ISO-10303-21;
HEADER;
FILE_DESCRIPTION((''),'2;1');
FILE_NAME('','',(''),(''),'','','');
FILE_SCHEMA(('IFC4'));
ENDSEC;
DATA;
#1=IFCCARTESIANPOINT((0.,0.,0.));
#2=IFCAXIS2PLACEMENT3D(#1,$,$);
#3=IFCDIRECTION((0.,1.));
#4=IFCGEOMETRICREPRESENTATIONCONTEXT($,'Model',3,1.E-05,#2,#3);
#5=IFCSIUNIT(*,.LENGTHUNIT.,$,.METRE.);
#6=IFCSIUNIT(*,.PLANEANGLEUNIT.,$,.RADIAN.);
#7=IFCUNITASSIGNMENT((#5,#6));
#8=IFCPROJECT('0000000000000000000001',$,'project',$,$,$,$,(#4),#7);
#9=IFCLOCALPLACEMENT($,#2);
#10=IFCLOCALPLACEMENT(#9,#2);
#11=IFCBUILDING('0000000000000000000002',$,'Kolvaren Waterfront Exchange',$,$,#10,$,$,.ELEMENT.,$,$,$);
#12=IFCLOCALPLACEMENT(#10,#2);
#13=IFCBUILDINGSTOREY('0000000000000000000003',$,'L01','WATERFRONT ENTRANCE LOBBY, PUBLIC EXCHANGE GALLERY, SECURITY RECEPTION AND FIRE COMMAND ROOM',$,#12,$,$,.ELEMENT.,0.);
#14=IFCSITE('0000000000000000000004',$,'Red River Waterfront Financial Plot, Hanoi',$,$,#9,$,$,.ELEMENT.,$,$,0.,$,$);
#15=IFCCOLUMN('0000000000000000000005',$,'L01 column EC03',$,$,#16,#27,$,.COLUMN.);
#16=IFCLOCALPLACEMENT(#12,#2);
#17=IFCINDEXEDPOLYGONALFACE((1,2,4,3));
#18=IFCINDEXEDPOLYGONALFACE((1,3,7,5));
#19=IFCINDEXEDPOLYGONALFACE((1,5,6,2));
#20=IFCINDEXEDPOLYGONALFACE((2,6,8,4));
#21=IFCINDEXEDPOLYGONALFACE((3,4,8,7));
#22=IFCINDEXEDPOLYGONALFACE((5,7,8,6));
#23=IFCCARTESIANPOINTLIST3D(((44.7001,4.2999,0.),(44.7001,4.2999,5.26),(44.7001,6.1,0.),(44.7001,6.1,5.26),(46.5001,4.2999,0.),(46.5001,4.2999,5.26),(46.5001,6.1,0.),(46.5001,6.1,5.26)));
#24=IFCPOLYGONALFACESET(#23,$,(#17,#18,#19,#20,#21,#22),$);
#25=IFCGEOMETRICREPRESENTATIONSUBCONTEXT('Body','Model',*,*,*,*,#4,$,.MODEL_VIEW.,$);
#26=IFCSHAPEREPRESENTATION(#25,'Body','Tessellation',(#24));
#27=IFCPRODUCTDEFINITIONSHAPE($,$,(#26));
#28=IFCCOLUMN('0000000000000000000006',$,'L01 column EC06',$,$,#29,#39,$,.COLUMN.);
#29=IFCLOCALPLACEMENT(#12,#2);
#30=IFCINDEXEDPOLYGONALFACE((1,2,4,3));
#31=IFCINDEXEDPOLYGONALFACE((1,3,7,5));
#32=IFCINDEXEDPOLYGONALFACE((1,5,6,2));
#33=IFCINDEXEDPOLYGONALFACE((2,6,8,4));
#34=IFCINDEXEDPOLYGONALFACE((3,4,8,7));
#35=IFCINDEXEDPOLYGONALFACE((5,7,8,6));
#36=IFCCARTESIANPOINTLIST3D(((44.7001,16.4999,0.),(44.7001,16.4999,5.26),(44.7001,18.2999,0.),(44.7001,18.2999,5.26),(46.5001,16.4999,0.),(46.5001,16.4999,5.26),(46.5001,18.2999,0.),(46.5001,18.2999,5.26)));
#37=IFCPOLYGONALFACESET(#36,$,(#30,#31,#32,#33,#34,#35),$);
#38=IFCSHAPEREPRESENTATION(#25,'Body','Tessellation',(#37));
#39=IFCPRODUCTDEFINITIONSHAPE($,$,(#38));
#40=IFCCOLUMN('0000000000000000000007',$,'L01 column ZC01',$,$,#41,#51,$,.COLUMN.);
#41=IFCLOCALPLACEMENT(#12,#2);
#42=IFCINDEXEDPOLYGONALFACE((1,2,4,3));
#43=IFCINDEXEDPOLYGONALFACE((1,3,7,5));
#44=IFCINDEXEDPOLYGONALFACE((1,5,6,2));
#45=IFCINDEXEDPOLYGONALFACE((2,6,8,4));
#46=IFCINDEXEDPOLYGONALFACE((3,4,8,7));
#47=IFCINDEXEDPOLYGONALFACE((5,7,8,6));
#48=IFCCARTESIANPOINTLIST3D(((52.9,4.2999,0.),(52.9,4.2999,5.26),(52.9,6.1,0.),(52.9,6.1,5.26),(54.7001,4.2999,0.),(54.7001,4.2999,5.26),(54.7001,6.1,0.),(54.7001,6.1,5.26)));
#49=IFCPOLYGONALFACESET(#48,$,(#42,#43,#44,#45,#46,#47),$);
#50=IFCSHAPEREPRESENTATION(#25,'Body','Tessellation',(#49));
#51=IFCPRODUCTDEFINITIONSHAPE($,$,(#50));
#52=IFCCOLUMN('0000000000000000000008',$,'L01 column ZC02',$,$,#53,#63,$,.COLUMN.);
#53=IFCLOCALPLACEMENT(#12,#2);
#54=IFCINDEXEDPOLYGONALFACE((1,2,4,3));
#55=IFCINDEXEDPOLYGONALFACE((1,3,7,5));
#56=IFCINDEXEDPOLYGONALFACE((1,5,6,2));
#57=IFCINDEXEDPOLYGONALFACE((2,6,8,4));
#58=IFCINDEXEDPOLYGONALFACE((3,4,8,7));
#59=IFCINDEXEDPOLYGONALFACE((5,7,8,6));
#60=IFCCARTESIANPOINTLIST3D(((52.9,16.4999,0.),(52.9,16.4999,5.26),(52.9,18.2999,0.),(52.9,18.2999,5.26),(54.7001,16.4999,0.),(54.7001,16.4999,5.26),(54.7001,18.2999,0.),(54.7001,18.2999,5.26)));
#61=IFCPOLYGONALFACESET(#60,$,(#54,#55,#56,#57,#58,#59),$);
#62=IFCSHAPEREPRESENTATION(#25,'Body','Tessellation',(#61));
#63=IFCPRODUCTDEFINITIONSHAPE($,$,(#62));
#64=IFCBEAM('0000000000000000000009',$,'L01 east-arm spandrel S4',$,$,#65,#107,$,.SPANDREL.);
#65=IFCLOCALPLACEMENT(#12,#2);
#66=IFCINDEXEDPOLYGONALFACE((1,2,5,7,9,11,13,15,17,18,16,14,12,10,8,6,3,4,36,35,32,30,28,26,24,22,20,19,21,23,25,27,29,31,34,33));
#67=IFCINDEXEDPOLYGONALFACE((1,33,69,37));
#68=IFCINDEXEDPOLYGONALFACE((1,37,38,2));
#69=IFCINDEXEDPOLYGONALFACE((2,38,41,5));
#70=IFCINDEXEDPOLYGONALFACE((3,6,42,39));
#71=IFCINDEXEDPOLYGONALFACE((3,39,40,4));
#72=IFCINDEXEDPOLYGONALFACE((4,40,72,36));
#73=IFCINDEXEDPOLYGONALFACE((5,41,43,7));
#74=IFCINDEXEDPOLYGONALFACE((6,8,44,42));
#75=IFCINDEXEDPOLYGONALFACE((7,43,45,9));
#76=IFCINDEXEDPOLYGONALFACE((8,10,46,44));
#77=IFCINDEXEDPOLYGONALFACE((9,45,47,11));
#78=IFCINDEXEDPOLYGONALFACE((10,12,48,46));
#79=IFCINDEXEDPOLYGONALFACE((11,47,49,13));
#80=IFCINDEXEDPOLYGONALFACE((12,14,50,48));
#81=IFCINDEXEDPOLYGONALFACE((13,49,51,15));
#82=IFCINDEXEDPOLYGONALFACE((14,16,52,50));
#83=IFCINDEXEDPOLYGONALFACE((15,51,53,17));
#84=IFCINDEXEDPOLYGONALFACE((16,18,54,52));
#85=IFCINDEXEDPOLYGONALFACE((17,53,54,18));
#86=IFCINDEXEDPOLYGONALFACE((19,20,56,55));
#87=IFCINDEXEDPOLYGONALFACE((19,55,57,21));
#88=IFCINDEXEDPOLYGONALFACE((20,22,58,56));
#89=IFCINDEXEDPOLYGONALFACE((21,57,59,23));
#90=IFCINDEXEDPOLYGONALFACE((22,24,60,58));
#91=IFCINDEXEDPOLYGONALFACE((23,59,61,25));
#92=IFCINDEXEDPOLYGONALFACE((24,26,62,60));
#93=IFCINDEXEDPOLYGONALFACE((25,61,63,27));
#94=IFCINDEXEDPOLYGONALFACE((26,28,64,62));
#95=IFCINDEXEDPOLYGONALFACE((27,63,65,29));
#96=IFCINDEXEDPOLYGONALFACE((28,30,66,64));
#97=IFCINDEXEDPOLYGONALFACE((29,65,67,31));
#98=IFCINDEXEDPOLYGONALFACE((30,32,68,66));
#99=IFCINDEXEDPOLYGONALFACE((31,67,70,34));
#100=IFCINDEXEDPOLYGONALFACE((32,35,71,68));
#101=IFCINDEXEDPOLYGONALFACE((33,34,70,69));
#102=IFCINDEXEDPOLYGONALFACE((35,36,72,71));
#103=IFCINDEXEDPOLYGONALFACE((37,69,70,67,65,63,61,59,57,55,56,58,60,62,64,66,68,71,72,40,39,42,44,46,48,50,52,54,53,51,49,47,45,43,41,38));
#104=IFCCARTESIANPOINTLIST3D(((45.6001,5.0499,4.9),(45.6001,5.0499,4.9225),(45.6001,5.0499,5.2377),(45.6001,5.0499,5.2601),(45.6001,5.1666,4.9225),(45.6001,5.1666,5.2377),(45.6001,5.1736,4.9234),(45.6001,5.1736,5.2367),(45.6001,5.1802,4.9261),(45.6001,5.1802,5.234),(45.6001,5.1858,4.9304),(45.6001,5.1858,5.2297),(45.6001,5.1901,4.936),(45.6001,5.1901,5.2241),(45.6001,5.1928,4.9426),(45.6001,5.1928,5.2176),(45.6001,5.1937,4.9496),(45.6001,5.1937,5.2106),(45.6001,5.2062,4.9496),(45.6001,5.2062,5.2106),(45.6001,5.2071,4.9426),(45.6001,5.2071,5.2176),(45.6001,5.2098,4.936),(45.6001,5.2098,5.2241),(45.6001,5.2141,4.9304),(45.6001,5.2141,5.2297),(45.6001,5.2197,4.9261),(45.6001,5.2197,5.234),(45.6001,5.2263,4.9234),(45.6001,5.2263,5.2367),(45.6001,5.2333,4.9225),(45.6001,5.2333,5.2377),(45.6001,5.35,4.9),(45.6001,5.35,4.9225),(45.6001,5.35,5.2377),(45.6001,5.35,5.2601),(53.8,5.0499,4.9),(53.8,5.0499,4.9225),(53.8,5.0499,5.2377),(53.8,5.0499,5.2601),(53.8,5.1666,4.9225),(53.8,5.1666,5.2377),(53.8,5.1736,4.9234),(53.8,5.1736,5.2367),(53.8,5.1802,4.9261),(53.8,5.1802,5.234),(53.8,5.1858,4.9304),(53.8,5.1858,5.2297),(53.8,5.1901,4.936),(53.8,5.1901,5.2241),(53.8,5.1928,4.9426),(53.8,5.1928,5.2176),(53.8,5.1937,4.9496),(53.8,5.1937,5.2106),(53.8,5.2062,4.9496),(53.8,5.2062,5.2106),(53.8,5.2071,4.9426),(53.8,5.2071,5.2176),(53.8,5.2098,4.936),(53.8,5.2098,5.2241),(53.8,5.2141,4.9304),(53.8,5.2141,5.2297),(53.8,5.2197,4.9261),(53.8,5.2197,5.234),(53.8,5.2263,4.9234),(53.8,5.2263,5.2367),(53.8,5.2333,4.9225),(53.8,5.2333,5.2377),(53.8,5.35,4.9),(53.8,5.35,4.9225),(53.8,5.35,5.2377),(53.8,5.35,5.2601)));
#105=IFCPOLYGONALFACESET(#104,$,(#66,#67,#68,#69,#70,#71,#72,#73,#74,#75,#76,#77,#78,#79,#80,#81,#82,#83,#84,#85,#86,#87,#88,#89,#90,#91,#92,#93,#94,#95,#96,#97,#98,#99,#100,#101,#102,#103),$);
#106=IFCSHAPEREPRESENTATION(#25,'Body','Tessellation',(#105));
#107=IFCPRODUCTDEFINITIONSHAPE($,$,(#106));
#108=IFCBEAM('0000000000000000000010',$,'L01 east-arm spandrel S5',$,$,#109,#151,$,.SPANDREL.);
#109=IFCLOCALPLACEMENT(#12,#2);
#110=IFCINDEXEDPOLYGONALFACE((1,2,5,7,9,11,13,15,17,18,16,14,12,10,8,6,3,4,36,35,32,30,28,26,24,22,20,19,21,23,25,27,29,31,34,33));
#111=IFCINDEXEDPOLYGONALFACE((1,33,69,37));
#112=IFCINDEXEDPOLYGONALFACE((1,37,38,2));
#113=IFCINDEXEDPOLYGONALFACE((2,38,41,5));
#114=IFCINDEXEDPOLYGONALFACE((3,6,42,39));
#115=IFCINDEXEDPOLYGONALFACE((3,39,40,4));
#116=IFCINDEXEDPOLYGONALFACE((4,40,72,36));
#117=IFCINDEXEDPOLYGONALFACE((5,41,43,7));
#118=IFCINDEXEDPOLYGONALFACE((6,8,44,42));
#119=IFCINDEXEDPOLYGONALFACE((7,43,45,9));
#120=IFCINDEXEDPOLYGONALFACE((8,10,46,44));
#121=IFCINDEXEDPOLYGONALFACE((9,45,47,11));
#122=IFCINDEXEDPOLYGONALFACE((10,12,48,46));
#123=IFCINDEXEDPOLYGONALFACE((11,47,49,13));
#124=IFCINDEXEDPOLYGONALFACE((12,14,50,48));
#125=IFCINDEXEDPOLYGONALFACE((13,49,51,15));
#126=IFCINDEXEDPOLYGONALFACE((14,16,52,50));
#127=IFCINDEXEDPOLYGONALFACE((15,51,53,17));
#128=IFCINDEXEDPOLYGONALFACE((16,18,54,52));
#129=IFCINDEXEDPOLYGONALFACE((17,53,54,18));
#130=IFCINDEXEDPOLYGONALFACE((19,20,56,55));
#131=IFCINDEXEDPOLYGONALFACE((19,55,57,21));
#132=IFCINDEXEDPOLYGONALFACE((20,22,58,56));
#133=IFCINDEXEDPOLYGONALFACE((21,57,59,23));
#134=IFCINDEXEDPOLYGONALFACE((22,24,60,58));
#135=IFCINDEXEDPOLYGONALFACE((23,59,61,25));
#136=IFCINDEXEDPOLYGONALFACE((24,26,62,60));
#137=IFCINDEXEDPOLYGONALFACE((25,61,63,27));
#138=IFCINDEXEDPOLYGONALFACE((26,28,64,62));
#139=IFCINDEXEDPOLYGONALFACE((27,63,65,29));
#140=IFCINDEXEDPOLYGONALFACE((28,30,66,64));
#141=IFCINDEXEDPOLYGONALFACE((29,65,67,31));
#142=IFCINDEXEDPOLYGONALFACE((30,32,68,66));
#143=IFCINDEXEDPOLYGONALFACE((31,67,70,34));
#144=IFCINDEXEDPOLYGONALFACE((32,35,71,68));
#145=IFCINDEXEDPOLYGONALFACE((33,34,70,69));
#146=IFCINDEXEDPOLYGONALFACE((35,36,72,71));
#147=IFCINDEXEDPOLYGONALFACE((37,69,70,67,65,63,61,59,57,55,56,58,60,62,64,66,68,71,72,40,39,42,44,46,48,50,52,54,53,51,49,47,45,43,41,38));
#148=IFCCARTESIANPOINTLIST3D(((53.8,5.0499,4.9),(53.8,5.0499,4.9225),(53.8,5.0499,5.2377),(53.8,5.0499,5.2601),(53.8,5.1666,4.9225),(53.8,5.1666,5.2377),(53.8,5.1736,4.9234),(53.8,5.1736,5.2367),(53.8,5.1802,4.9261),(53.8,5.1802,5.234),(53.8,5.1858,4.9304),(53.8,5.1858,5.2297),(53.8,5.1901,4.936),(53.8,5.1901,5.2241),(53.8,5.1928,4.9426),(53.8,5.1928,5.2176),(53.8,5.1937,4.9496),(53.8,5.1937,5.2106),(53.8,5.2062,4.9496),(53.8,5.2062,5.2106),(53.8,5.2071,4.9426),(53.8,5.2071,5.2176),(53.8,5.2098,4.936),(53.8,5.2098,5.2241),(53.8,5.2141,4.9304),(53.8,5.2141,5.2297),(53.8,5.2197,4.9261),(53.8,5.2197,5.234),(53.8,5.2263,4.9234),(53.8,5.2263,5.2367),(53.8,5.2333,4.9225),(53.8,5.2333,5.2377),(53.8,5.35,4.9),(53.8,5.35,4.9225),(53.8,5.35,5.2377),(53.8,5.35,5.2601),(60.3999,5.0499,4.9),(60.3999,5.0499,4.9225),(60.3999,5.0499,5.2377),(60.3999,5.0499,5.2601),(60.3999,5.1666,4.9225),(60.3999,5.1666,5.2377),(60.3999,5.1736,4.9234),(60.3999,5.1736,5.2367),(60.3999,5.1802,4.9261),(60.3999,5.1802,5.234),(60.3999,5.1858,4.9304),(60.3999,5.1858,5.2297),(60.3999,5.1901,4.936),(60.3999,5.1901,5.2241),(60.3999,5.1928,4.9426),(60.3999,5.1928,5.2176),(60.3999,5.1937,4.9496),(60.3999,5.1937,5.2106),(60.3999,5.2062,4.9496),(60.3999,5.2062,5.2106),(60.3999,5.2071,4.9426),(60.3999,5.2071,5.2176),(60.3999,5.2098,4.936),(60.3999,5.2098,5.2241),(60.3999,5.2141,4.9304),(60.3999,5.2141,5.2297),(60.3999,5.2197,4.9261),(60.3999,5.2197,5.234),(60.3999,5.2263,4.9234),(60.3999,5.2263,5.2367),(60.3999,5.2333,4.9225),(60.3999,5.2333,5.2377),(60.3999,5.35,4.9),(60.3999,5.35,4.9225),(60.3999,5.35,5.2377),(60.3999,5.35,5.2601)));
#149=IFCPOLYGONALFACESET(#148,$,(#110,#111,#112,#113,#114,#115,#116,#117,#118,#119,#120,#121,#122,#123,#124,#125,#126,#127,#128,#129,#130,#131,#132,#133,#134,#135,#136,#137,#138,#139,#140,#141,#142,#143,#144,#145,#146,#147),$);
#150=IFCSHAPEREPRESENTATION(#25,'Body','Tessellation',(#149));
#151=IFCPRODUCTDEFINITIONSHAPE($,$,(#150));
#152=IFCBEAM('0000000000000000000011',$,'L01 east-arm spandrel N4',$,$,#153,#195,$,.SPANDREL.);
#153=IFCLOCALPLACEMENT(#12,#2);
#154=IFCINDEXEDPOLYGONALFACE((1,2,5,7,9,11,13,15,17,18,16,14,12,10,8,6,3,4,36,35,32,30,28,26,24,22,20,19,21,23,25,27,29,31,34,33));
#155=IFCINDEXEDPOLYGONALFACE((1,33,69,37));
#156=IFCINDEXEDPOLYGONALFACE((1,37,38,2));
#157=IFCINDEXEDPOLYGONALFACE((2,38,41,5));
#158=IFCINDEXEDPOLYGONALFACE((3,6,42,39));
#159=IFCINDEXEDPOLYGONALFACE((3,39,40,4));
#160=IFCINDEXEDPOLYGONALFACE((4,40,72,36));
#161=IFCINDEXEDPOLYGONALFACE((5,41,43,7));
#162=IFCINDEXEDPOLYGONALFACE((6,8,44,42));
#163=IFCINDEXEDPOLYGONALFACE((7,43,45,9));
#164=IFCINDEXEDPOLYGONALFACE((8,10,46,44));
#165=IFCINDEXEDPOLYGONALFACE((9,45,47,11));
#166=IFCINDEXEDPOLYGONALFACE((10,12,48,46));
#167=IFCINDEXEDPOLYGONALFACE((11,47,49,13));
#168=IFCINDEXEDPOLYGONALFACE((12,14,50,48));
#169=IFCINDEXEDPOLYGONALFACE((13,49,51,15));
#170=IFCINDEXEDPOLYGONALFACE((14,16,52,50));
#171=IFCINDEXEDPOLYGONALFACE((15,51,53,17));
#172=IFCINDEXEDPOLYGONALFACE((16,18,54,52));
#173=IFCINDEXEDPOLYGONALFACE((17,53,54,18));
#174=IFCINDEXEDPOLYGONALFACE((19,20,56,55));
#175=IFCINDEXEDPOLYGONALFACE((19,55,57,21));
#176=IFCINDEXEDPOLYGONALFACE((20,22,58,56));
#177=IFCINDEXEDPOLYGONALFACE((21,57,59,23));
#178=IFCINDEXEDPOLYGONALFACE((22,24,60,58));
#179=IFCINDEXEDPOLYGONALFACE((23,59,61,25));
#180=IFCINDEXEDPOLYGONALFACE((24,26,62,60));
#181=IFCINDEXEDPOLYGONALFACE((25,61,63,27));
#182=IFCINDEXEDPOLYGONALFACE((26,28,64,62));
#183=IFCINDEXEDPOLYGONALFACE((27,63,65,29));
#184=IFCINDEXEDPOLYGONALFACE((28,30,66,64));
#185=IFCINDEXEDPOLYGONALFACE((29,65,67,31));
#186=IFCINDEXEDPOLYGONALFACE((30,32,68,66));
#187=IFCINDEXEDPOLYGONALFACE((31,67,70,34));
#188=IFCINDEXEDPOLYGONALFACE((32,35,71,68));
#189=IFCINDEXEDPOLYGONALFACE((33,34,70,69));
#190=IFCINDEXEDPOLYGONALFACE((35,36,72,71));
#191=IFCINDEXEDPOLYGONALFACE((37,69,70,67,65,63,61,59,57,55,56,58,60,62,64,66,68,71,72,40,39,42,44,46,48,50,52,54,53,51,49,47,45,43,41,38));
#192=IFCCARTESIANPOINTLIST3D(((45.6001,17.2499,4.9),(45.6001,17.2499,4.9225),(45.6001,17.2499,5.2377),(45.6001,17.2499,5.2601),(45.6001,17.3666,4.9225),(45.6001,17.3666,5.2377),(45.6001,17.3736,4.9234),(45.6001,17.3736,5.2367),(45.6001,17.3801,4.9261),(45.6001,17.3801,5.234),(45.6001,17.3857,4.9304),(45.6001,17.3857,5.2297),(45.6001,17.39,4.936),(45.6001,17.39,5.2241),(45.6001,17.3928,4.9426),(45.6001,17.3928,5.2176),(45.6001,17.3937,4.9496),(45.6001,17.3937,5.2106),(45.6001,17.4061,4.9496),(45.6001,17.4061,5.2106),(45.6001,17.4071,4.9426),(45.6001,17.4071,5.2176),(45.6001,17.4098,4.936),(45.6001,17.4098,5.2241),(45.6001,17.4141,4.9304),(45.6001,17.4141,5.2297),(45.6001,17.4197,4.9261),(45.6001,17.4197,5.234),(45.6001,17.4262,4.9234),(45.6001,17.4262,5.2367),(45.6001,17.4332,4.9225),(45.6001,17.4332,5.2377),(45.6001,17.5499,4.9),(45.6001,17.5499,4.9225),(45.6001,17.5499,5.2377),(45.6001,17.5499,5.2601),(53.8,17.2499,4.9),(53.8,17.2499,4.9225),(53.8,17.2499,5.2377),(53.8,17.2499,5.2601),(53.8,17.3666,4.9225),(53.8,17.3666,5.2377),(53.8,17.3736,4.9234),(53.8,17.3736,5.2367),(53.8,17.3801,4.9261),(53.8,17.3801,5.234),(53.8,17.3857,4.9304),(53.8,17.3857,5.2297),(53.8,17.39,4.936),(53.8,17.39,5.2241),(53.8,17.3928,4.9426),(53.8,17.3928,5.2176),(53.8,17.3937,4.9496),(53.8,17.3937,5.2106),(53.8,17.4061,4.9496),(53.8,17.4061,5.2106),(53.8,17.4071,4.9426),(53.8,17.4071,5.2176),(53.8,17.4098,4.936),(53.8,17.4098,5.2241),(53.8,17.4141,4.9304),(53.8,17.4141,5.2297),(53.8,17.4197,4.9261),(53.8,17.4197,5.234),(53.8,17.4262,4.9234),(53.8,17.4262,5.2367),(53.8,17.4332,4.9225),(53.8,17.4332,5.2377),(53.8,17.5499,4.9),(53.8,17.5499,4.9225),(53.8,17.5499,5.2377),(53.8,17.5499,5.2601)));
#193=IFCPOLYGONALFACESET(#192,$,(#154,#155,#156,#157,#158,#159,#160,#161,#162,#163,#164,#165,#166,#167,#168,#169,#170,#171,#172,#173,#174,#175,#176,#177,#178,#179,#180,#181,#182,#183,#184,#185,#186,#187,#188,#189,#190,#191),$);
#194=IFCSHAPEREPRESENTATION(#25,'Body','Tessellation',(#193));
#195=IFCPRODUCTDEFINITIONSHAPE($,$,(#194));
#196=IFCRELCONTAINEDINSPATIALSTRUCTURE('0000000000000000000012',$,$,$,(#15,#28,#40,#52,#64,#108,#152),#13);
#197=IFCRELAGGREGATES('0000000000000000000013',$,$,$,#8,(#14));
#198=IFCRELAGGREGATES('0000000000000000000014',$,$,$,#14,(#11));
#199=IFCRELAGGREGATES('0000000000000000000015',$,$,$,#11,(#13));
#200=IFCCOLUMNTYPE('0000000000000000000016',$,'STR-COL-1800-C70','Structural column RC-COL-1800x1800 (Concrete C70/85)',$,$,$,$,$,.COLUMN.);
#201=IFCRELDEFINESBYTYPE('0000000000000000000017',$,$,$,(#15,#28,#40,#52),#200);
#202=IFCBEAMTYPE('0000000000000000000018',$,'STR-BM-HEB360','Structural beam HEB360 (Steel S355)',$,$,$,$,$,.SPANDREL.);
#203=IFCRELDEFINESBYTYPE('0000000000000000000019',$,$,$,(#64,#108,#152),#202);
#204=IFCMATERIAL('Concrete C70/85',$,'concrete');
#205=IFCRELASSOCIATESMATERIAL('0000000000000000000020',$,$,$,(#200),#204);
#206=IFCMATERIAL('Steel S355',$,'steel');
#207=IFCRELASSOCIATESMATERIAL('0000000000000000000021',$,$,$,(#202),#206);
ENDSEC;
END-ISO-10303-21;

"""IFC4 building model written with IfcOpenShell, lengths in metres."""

from ifc_helpers import new_model, si_unit, direction, frame, origin, origin_2d, place, context, subcontext, project, spatial, rectangle, i_section, extrude, material, material_profile, profile_set, type_object, element, save


model = new_model("IFC4")

# Units and contexts
model_context = context("Model", 3, precision=1e-05, world=origin(), true_north=direction((0.0, 1.0)))
body_context = subcontext(model_context, "Body", "Model", "MODEL_VIEW")
ifc_project = project(units=[si_unit("LENGTHUNIT", "METRE"), si_unit("PLANEANGLEUNIT", "RADIAN")], contexts=[model_context])

# Site, building, storey
site_placement = place(None, origin())
site = spatial("IfcSite", under=ifc_project, at=site_placement, Name="Red River Waterfront Financial Plot, Hanoi", CompositionType="ELEMENT", RefElevation=0.0)
building_placement = place(site_placement, origin())
building = spatial("IfcBuilding", under=site, at=building_placement, Name="Kolvaren Waterfront Exchange", CompositionType="ELEMENT")
storey_placement = place(building_placement, origin())
storey = spatial("IfcBuildingStorey", under=building, at=storey_placement, Name="L01", Description="WATERFRONT ENTRANCE LOBBY, PUBLIC EXCHANGE GALLERY, SECURITY RECEPTION AND FIRE COMMAND ROOM", CompositionType="ELEMENT", Elevation=0.0)

# Columns
ifc_material_1 = material(Name="Concrete C70/85", Category="concrete")
ifc_material_profile_1 = material_profile(ifc_material_1, rectangle(XDim=1.8, YDim=1.8, at=origin_2d()), Name="RC-COL-1800x1800")
ifc_profile_set_1 = profile_set([ifc_material_profile_1], Name="Concrete C70/85")
column_type = type_object("IfcColumnType", Name="STR-COL-1800-C70", Description="Structural column RC-COL-1800x1800 (Concrete C70/85)", PredefinedType="COLUMN", material=ifc_profile_set_1)
for number, where, z_axis, x_axis, name in (
    (1, (45.6001, 5.2, 0.0), (0.0, 0.0, 1.0), (1.0, 0.0, 0.0), "L01 column EC03"),
    (2, (45.6001, 17.3999, 0.0), (0.0, 0.0, 1.0), (1.0, 0.0, 0.0), "L01 column EC06"),
    (3, (53.8, 5.2, 0.0), (0.0, 0.0, 1.0), (1.0, 0.0, 0.0), "L01 column ZC01"),
    (4, (53.8, 17.3999, 0.0), (0.0, 0.0, 1.0), (1.0, 0.0, 0.0), "L01 column ZC02"),
):
    element("IfcColumn", number, at=place(storey_placement, frame(where, z_axis=z_axis, x_axis=x_axis)), inside=storey, type_object=column_type, Name=name, PredefinedType="COLUMN", context=body_context, shape_type="SweptSolid", body=[
        extrude(rectangle(XDim=1.8, YDim=1.8, at=origin_2d()), origin(), (0.0, 0.0, 1.0), 5.26),
    ])

# Beams
ifc_material_2 = material(Name="Steel S355", Category="steel")
ifc_material_profile_2 = material_profile(ifc_material_2, i_section(OverallWidth=0.3, OverallDepth=0.3601, WebThickness=0.0125, FlangeThickness=0.0225, FilletRadius=0.0271, at=origin_2d()), Name="HEB360")
ifc_profile_set_2 = profile_set([ifc_material_profile_2], Name="Steel S355")
beam_type_1 = type_object("IfcBeamType", Name="STR-BM-HEB360", Description="Structural beam HEB360 (Steel S355)", PredefinedType="SPANDREL", material=ifc_profile_set_2)
beam_1_placement = place(storey_placement, frame((45.6001, 5.2, 5.0801), z_axis=(1.0, 0.0, 0.0), x_axis=(0.0, 1.0, 0.0)))
element("IfcBeam", 5, at=beam_1_placement, inside=storey, type_object=beam_type_1, Name="L01 east-arm spandrel S4", PredefinedType="SPANDREL", context=body_context, shape_type="SweptSolid", body=[
    extrude(i_section(OverallWidth=0.3, OverallDepth=0.3601, WebThickness=0.0125, FlangeThickness=0.0225, FilletRadius=0.0271, at=origin_2d()), origin(), (0.0, 0.0, 1.0), 8.2),
])
beam_2_placement = place(storey_placement, frame((53.8, 5.2, 5.0801), z_axis=(1.0, 0.0, 0.0), x_axis=(0.0, 1.0, 0.0)))
element("IfcBeam", 6, at=beam_2_placement, inside=storey, type_object=beam_type_1, Name="L01 east-arm spandrel S5", PredefinedType="SPANDREL", context=body_context, shape_type="SweptSolid", body=[
    extrude(i_section(OverallWidth=0.3, OverallDepth=0.3601, WebThickness=0.0125, FlangeThickness=0.0225, FilletRadius=0.0271, at=origin_2d()), origin(), (0.0, 0.0, 1.0), 6.5999),
])
beam_3_placement = place(storey_placement, frame((45.6001, 17.3999, 5.0801), z_axis=(1.0, 0.0, 0.0), x_axis=(0.0, 1.0, 0.0)))
element("IfcBeam", 7, at=beam_3_placement, inside=storey, type_object=beam_type_1, Name="L01 east-arm spandrel N4", PredefinedType="SPANDREL", context=body_context, shape_type="SweptSolid", body=[
    extrude(i_section(OverallWidth=0.3, OverallDepth=0.3601, WebThickness=0.0125, FlangeThickness=0.0225, FilletRadius=0.0271, at=origin_2d()), origin(), (0.0, 0.0, 1.0), 8.2),
])

save(model, "model.ifc")
